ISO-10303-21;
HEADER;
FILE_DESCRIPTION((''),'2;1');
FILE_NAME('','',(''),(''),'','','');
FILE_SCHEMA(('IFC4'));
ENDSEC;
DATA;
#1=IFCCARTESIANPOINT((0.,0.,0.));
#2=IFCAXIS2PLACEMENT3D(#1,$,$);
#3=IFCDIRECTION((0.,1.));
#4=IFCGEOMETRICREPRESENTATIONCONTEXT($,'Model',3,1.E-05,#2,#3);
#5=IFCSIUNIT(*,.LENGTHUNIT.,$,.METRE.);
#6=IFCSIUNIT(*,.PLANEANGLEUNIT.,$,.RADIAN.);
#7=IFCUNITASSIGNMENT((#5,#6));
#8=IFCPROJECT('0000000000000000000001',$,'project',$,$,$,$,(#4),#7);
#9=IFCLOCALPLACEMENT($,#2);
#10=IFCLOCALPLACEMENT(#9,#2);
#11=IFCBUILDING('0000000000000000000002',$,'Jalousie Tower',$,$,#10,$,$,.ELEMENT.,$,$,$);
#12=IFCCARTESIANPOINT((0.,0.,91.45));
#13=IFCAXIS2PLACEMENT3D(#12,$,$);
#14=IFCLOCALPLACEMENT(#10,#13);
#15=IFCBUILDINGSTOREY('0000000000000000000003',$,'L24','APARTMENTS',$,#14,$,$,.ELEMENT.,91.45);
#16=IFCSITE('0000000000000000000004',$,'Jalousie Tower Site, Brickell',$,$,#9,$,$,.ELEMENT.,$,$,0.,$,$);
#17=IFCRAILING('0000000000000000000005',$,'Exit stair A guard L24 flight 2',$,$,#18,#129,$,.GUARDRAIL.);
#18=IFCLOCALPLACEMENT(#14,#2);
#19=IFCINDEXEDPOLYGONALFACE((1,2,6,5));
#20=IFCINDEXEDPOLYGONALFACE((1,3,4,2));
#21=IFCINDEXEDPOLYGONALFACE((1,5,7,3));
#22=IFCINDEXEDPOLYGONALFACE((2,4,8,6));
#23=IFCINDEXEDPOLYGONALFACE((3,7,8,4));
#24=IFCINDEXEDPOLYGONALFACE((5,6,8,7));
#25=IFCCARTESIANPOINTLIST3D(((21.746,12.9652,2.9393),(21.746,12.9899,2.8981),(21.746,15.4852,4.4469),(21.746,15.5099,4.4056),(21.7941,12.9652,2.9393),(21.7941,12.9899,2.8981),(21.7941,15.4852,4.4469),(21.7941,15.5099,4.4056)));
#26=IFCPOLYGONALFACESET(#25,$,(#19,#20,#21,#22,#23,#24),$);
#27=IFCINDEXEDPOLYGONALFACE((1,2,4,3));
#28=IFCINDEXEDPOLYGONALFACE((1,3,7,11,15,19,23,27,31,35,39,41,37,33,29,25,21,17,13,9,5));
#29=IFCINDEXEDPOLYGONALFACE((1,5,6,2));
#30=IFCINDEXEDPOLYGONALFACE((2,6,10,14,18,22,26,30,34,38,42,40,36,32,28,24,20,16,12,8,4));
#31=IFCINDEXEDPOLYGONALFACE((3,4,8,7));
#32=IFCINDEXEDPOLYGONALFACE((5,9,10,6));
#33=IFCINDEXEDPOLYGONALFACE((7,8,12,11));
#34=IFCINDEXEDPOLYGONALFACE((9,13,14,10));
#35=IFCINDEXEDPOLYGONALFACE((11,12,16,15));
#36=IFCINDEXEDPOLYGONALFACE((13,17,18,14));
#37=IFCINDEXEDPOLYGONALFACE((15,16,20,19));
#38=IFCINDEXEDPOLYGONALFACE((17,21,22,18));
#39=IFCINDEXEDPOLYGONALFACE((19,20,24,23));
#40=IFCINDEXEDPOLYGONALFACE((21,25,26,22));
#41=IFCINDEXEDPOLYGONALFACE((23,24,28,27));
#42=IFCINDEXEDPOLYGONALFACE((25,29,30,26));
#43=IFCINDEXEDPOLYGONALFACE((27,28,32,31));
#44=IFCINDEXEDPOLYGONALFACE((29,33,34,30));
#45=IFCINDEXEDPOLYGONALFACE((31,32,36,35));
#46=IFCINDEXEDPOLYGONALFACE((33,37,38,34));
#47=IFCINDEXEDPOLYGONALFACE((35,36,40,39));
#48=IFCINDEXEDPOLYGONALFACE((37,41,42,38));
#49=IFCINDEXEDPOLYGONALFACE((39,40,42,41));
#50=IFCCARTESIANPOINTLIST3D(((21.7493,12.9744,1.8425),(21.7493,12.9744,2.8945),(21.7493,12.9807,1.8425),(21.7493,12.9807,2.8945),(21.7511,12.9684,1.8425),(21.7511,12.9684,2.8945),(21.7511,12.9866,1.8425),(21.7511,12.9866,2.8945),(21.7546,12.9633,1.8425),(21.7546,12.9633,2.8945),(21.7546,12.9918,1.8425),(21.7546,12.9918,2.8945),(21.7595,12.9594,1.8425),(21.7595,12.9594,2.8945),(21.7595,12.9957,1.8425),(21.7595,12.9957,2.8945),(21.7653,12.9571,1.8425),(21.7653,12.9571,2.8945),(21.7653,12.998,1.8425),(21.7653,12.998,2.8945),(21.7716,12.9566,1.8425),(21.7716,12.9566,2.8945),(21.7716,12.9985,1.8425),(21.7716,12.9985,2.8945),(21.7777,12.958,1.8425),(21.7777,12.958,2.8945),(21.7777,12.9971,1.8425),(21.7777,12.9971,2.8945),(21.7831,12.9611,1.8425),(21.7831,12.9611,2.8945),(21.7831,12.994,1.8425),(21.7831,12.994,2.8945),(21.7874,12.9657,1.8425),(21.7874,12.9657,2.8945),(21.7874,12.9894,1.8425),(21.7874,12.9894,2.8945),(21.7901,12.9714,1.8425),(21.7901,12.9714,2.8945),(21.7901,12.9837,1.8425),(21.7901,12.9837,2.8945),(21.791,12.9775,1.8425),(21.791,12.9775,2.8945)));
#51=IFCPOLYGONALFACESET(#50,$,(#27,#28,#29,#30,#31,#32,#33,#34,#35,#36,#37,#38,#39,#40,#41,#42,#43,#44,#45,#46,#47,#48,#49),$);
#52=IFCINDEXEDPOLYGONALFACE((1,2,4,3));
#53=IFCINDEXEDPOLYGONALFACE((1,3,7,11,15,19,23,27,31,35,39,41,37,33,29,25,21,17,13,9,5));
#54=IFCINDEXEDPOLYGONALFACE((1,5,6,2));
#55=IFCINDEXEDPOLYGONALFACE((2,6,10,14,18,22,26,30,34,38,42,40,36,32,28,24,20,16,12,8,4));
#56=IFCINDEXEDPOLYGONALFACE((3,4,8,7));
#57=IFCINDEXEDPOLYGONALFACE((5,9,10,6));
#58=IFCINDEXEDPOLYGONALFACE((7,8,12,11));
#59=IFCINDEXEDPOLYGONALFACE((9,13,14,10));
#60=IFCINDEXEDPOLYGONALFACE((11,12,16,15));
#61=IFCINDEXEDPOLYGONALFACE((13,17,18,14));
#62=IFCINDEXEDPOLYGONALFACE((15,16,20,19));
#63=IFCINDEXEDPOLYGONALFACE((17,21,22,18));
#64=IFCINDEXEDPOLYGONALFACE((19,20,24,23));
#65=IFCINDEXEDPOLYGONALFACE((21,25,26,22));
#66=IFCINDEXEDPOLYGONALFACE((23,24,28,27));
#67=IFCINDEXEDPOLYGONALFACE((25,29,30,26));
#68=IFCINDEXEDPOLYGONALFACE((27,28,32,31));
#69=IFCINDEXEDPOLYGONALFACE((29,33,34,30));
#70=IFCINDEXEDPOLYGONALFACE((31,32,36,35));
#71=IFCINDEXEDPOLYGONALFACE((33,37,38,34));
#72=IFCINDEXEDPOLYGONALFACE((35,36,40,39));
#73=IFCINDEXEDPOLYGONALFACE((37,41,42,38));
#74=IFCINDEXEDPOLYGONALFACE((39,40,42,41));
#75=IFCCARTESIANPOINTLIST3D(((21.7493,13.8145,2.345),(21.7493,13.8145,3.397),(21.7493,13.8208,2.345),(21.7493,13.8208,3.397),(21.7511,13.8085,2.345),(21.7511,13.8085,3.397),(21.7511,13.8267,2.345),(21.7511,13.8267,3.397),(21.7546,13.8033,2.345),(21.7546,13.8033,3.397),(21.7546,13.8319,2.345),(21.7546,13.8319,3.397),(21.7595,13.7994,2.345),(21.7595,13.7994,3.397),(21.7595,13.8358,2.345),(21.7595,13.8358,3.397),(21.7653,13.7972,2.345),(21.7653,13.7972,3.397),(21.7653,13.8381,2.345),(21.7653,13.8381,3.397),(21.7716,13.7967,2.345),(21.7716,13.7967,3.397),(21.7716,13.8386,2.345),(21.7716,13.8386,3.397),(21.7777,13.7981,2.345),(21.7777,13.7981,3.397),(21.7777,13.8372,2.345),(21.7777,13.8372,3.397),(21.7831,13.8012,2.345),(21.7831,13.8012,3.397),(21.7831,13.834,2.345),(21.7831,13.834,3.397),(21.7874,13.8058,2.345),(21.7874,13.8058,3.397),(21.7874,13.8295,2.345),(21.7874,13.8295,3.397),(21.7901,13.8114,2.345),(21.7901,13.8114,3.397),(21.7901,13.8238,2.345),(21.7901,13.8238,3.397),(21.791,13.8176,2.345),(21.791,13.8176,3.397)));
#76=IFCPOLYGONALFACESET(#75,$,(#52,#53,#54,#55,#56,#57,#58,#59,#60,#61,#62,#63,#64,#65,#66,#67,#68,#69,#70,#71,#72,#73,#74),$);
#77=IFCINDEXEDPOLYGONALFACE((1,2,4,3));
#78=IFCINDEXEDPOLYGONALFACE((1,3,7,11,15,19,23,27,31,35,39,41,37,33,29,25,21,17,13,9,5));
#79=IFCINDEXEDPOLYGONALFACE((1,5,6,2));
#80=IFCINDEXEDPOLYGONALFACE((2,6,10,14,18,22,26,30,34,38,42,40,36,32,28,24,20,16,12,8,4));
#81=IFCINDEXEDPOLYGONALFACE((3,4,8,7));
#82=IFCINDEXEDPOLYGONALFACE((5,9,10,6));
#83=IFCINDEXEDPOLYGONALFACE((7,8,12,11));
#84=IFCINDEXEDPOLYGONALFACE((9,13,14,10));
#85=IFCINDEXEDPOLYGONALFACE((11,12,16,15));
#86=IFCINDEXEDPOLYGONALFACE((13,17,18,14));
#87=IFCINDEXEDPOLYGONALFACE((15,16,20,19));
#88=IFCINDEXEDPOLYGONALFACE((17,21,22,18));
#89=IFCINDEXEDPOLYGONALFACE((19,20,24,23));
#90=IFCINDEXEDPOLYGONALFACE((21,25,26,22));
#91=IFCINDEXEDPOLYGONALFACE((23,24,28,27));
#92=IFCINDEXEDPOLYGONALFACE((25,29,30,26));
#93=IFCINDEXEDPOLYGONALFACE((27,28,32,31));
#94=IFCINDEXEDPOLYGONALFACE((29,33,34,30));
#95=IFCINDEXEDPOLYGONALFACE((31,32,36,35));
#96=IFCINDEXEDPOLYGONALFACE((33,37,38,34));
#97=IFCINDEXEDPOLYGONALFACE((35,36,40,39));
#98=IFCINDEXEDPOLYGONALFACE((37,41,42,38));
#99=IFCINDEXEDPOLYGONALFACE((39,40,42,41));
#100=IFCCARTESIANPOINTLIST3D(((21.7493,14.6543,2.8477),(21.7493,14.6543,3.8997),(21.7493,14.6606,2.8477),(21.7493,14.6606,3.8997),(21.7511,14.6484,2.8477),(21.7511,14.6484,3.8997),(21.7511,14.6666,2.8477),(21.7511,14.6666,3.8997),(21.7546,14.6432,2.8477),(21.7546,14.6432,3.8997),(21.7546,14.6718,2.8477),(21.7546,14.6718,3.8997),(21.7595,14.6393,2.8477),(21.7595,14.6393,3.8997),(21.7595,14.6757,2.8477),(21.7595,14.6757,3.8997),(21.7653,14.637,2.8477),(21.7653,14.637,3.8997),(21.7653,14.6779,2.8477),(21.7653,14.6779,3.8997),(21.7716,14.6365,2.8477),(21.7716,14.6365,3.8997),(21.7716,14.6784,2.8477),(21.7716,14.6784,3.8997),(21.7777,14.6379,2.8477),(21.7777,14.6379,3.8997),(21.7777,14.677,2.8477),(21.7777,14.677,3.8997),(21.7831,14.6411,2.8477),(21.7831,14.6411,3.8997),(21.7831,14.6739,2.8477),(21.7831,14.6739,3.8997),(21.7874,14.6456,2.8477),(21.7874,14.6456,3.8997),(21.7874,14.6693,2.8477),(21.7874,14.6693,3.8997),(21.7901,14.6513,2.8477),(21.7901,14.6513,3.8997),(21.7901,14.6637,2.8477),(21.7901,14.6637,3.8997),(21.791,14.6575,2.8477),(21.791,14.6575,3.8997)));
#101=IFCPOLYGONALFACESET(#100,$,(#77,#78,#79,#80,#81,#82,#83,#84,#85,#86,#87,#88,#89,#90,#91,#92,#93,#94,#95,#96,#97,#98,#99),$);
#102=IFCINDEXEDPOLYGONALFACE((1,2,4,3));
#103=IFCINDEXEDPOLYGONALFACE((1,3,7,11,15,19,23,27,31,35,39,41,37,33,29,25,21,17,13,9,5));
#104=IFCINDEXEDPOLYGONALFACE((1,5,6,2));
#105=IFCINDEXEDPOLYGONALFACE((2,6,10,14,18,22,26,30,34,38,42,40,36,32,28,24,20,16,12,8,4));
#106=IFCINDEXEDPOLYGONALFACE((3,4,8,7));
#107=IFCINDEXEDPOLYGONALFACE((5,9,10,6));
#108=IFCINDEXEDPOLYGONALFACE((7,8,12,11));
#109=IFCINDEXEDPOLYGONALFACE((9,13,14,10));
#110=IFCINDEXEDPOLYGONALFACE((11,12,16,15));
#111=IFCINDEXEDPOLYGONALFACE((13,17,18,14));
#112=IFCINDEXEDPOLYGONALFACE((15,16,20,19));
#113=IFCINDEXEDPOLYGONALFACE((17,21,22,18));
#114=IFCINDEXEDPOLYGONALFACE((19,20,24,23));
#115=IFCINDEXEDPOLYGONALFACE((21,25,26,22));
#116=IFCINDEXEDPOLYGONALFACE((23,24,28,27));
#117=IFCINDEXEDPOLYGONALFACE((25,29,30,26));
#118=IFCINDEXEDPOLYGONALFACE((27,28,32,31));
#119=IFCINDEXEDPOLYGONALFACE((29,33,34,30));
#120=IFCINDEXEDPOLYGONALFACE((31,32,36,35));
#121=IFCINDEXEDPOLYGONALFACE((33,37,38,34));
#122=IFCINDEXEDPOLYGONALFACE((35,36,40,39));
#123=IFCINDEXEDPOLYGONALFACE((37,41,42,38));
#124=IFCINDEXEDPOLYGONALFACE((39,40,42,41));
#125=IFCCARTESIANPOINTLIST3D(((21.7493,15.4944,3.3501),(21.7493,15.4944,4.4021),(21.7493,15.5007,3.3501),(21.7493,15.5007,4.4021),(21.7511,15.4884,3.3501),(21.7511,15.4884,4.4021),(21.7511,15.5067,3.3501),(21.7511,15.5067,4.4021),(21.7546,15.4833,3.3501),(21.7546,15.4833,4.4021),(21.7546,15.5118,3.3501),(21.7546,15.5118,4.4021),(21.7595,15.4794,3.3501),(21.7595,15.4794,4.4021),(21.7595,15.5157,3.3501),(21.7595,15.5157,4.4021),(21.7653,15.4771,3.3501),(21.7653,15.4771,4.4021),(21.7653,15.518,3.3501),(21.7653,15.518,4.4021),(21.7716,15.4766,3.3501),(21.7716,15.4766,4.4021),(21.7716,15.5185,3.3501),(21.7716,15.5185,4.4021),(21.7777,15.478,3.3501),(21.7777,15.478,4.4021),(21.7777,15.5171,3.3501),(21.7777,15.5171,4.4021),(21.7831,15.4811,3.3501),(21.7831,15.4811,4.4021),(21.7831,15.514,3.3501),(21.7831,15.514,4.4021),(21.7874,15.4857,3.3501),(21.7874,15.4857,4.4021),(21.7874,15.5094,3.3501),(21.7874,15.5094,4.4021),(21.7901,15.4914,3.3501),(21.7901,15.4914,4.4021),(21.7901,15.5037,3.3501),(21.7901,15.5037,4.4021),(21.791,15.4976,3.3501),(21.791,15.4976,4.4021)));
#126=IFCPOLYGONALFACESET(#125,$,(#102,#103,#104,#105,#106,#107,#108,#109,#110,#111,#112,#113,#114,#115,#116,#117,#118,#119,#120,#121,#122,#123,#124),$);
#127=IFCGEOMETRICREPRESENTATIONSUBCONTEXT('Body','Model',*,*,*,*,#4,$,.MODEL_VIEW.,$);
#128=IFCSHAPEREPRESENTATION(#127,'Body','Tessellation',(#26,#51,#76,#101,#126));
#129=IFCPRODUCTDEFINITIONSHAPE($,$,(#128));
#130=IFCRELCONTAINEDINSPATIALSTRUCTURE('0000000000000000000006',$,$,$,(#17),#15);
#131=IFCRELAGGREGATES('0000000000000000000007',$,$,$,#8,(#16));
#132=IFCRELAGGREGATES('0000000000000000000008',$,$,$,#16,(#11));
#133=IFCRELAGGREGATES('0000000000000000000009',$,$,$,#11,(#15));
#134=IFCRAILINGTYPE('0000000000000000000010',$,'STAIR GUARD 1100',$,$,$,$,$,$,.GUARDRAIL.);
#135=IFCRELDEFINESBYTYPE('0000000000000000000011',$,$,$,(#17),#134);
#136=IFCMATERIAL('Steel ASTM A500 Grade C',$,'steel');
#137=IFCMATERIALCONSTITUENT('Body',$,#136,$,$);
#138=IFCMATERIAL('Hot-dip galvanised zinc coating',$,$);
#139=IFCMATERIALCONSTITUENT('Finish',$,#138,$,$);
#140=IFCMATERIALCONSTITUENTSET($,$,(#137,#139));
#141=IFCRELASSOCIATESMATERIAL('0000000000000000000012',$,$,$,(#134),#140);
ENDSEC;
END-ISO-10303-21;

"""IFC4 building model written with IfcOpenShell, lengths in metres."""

from ifc_helpers import new_model, si_unit, direction, frame, origin, origin_2d, place, context, subcontext, project, spatial, rectangle, circle, extrude, material, constituent, constituent_set, type_object, element, save


model = new_model("IFC4")

# Units and contexts
model_context = context("Model", 3, precision=1e-05, world=origin(), true_north=direction((0.0, 1.0)))
body_context = subcontext(model_context, "Body", "Model", "MODEL_VIEW")
ifc_project = project(units=[si_unit("LENGTHUNIT", "METRE"), si_unit("PLANEANGLEUNIT", "RADIAN")], contexts=[model_context])

# Site, building, storey
site_placement = place(None, origin())
site = spatial("IfcSite", under=ifc_project, at=site_placement, Name="Jalousie Tower Site, Brickell", CompositionType="ELEMENT", RefElevation=0.0)
building_placement = place(site_placement, origin())
building = spatial("IfcBuilding", under=site, at=building_placement, Name="Jalousie Tower", CompositionType="ELEMENT")
storey_placement = place(building_placement, frame((0.0, 0.0, 91.45)))
storey = spatial("IfcBuildingStorey", under=building, at=storey_placement, Name="L24", Description="APARTMENTS", CompositionType="ELEMENT", Elevation=91.45)

# Railing
ifc_material_1 = material(Name="Steel ASTM A500 Grade C", Category="steel")
ifc_constituent_1 = constituent(ifc_material_1, Name="Body")
ifc_material_2 = material(Name="Hot-dip galvanised zinc coating")
ifc_constituent_2 = constituent(ifc_material_2, Name="Finish")
ifc_constituent_set_1 = constituent_set(constituents=[ifc_constituent_1, ifc_constituent_2])
railing_type_1 = type_object("IfcRailingType", Name="STAIR GUARD 1100", PredefinedType="GUARDRAIL", material=ifc_constituent_set_1)
railing_1_placement = place(storey_placement, frame((21.77, 12.9775, 1.8425)))
element("IfcRailing", 1, at=railing_1_placement, inside=storey, type_object=railing_type_1, Name="Exit stair A guard L24 flight 2", PredefinedType="GUARDRAIL", context=body_context, shape_type="SweptSolid", body=[
    extrude(rectangle(XDim=0.0481, YDim=0.0481, at=origin_2d()), frame((0.0, 0.0, 1.0762), z_axis=(0.0, 0.85816, 0.513383), x_axis=(-1.0, 0.0, 0.0)), (0.0, 0.0, 1.0), 2.9365),
    extrude(circle(Radius=0.021, at=origin_2d()), origin(), (0.0, 0.0, 1.0), 1.052),
    extrude(circle(Radius=0.021, at=origin_2d()), frame((0.0, 0.8401, 0.5024)), (0.0, 0.0, 1.0), 1.052),
    extrude(circle(Radius=0.021, at=origin_2d()), frame((0.0, 1.6799, 1.0051)), (0.0, 0.0, 1.0), 1.052),
    extrude(circle(Radius=0.021, at=origin_2d()), frame((0.0, 2.52, 1.5076)), (0.0, 0.0, 1.0), 1.052),
])

save(model, "model.ifc")
